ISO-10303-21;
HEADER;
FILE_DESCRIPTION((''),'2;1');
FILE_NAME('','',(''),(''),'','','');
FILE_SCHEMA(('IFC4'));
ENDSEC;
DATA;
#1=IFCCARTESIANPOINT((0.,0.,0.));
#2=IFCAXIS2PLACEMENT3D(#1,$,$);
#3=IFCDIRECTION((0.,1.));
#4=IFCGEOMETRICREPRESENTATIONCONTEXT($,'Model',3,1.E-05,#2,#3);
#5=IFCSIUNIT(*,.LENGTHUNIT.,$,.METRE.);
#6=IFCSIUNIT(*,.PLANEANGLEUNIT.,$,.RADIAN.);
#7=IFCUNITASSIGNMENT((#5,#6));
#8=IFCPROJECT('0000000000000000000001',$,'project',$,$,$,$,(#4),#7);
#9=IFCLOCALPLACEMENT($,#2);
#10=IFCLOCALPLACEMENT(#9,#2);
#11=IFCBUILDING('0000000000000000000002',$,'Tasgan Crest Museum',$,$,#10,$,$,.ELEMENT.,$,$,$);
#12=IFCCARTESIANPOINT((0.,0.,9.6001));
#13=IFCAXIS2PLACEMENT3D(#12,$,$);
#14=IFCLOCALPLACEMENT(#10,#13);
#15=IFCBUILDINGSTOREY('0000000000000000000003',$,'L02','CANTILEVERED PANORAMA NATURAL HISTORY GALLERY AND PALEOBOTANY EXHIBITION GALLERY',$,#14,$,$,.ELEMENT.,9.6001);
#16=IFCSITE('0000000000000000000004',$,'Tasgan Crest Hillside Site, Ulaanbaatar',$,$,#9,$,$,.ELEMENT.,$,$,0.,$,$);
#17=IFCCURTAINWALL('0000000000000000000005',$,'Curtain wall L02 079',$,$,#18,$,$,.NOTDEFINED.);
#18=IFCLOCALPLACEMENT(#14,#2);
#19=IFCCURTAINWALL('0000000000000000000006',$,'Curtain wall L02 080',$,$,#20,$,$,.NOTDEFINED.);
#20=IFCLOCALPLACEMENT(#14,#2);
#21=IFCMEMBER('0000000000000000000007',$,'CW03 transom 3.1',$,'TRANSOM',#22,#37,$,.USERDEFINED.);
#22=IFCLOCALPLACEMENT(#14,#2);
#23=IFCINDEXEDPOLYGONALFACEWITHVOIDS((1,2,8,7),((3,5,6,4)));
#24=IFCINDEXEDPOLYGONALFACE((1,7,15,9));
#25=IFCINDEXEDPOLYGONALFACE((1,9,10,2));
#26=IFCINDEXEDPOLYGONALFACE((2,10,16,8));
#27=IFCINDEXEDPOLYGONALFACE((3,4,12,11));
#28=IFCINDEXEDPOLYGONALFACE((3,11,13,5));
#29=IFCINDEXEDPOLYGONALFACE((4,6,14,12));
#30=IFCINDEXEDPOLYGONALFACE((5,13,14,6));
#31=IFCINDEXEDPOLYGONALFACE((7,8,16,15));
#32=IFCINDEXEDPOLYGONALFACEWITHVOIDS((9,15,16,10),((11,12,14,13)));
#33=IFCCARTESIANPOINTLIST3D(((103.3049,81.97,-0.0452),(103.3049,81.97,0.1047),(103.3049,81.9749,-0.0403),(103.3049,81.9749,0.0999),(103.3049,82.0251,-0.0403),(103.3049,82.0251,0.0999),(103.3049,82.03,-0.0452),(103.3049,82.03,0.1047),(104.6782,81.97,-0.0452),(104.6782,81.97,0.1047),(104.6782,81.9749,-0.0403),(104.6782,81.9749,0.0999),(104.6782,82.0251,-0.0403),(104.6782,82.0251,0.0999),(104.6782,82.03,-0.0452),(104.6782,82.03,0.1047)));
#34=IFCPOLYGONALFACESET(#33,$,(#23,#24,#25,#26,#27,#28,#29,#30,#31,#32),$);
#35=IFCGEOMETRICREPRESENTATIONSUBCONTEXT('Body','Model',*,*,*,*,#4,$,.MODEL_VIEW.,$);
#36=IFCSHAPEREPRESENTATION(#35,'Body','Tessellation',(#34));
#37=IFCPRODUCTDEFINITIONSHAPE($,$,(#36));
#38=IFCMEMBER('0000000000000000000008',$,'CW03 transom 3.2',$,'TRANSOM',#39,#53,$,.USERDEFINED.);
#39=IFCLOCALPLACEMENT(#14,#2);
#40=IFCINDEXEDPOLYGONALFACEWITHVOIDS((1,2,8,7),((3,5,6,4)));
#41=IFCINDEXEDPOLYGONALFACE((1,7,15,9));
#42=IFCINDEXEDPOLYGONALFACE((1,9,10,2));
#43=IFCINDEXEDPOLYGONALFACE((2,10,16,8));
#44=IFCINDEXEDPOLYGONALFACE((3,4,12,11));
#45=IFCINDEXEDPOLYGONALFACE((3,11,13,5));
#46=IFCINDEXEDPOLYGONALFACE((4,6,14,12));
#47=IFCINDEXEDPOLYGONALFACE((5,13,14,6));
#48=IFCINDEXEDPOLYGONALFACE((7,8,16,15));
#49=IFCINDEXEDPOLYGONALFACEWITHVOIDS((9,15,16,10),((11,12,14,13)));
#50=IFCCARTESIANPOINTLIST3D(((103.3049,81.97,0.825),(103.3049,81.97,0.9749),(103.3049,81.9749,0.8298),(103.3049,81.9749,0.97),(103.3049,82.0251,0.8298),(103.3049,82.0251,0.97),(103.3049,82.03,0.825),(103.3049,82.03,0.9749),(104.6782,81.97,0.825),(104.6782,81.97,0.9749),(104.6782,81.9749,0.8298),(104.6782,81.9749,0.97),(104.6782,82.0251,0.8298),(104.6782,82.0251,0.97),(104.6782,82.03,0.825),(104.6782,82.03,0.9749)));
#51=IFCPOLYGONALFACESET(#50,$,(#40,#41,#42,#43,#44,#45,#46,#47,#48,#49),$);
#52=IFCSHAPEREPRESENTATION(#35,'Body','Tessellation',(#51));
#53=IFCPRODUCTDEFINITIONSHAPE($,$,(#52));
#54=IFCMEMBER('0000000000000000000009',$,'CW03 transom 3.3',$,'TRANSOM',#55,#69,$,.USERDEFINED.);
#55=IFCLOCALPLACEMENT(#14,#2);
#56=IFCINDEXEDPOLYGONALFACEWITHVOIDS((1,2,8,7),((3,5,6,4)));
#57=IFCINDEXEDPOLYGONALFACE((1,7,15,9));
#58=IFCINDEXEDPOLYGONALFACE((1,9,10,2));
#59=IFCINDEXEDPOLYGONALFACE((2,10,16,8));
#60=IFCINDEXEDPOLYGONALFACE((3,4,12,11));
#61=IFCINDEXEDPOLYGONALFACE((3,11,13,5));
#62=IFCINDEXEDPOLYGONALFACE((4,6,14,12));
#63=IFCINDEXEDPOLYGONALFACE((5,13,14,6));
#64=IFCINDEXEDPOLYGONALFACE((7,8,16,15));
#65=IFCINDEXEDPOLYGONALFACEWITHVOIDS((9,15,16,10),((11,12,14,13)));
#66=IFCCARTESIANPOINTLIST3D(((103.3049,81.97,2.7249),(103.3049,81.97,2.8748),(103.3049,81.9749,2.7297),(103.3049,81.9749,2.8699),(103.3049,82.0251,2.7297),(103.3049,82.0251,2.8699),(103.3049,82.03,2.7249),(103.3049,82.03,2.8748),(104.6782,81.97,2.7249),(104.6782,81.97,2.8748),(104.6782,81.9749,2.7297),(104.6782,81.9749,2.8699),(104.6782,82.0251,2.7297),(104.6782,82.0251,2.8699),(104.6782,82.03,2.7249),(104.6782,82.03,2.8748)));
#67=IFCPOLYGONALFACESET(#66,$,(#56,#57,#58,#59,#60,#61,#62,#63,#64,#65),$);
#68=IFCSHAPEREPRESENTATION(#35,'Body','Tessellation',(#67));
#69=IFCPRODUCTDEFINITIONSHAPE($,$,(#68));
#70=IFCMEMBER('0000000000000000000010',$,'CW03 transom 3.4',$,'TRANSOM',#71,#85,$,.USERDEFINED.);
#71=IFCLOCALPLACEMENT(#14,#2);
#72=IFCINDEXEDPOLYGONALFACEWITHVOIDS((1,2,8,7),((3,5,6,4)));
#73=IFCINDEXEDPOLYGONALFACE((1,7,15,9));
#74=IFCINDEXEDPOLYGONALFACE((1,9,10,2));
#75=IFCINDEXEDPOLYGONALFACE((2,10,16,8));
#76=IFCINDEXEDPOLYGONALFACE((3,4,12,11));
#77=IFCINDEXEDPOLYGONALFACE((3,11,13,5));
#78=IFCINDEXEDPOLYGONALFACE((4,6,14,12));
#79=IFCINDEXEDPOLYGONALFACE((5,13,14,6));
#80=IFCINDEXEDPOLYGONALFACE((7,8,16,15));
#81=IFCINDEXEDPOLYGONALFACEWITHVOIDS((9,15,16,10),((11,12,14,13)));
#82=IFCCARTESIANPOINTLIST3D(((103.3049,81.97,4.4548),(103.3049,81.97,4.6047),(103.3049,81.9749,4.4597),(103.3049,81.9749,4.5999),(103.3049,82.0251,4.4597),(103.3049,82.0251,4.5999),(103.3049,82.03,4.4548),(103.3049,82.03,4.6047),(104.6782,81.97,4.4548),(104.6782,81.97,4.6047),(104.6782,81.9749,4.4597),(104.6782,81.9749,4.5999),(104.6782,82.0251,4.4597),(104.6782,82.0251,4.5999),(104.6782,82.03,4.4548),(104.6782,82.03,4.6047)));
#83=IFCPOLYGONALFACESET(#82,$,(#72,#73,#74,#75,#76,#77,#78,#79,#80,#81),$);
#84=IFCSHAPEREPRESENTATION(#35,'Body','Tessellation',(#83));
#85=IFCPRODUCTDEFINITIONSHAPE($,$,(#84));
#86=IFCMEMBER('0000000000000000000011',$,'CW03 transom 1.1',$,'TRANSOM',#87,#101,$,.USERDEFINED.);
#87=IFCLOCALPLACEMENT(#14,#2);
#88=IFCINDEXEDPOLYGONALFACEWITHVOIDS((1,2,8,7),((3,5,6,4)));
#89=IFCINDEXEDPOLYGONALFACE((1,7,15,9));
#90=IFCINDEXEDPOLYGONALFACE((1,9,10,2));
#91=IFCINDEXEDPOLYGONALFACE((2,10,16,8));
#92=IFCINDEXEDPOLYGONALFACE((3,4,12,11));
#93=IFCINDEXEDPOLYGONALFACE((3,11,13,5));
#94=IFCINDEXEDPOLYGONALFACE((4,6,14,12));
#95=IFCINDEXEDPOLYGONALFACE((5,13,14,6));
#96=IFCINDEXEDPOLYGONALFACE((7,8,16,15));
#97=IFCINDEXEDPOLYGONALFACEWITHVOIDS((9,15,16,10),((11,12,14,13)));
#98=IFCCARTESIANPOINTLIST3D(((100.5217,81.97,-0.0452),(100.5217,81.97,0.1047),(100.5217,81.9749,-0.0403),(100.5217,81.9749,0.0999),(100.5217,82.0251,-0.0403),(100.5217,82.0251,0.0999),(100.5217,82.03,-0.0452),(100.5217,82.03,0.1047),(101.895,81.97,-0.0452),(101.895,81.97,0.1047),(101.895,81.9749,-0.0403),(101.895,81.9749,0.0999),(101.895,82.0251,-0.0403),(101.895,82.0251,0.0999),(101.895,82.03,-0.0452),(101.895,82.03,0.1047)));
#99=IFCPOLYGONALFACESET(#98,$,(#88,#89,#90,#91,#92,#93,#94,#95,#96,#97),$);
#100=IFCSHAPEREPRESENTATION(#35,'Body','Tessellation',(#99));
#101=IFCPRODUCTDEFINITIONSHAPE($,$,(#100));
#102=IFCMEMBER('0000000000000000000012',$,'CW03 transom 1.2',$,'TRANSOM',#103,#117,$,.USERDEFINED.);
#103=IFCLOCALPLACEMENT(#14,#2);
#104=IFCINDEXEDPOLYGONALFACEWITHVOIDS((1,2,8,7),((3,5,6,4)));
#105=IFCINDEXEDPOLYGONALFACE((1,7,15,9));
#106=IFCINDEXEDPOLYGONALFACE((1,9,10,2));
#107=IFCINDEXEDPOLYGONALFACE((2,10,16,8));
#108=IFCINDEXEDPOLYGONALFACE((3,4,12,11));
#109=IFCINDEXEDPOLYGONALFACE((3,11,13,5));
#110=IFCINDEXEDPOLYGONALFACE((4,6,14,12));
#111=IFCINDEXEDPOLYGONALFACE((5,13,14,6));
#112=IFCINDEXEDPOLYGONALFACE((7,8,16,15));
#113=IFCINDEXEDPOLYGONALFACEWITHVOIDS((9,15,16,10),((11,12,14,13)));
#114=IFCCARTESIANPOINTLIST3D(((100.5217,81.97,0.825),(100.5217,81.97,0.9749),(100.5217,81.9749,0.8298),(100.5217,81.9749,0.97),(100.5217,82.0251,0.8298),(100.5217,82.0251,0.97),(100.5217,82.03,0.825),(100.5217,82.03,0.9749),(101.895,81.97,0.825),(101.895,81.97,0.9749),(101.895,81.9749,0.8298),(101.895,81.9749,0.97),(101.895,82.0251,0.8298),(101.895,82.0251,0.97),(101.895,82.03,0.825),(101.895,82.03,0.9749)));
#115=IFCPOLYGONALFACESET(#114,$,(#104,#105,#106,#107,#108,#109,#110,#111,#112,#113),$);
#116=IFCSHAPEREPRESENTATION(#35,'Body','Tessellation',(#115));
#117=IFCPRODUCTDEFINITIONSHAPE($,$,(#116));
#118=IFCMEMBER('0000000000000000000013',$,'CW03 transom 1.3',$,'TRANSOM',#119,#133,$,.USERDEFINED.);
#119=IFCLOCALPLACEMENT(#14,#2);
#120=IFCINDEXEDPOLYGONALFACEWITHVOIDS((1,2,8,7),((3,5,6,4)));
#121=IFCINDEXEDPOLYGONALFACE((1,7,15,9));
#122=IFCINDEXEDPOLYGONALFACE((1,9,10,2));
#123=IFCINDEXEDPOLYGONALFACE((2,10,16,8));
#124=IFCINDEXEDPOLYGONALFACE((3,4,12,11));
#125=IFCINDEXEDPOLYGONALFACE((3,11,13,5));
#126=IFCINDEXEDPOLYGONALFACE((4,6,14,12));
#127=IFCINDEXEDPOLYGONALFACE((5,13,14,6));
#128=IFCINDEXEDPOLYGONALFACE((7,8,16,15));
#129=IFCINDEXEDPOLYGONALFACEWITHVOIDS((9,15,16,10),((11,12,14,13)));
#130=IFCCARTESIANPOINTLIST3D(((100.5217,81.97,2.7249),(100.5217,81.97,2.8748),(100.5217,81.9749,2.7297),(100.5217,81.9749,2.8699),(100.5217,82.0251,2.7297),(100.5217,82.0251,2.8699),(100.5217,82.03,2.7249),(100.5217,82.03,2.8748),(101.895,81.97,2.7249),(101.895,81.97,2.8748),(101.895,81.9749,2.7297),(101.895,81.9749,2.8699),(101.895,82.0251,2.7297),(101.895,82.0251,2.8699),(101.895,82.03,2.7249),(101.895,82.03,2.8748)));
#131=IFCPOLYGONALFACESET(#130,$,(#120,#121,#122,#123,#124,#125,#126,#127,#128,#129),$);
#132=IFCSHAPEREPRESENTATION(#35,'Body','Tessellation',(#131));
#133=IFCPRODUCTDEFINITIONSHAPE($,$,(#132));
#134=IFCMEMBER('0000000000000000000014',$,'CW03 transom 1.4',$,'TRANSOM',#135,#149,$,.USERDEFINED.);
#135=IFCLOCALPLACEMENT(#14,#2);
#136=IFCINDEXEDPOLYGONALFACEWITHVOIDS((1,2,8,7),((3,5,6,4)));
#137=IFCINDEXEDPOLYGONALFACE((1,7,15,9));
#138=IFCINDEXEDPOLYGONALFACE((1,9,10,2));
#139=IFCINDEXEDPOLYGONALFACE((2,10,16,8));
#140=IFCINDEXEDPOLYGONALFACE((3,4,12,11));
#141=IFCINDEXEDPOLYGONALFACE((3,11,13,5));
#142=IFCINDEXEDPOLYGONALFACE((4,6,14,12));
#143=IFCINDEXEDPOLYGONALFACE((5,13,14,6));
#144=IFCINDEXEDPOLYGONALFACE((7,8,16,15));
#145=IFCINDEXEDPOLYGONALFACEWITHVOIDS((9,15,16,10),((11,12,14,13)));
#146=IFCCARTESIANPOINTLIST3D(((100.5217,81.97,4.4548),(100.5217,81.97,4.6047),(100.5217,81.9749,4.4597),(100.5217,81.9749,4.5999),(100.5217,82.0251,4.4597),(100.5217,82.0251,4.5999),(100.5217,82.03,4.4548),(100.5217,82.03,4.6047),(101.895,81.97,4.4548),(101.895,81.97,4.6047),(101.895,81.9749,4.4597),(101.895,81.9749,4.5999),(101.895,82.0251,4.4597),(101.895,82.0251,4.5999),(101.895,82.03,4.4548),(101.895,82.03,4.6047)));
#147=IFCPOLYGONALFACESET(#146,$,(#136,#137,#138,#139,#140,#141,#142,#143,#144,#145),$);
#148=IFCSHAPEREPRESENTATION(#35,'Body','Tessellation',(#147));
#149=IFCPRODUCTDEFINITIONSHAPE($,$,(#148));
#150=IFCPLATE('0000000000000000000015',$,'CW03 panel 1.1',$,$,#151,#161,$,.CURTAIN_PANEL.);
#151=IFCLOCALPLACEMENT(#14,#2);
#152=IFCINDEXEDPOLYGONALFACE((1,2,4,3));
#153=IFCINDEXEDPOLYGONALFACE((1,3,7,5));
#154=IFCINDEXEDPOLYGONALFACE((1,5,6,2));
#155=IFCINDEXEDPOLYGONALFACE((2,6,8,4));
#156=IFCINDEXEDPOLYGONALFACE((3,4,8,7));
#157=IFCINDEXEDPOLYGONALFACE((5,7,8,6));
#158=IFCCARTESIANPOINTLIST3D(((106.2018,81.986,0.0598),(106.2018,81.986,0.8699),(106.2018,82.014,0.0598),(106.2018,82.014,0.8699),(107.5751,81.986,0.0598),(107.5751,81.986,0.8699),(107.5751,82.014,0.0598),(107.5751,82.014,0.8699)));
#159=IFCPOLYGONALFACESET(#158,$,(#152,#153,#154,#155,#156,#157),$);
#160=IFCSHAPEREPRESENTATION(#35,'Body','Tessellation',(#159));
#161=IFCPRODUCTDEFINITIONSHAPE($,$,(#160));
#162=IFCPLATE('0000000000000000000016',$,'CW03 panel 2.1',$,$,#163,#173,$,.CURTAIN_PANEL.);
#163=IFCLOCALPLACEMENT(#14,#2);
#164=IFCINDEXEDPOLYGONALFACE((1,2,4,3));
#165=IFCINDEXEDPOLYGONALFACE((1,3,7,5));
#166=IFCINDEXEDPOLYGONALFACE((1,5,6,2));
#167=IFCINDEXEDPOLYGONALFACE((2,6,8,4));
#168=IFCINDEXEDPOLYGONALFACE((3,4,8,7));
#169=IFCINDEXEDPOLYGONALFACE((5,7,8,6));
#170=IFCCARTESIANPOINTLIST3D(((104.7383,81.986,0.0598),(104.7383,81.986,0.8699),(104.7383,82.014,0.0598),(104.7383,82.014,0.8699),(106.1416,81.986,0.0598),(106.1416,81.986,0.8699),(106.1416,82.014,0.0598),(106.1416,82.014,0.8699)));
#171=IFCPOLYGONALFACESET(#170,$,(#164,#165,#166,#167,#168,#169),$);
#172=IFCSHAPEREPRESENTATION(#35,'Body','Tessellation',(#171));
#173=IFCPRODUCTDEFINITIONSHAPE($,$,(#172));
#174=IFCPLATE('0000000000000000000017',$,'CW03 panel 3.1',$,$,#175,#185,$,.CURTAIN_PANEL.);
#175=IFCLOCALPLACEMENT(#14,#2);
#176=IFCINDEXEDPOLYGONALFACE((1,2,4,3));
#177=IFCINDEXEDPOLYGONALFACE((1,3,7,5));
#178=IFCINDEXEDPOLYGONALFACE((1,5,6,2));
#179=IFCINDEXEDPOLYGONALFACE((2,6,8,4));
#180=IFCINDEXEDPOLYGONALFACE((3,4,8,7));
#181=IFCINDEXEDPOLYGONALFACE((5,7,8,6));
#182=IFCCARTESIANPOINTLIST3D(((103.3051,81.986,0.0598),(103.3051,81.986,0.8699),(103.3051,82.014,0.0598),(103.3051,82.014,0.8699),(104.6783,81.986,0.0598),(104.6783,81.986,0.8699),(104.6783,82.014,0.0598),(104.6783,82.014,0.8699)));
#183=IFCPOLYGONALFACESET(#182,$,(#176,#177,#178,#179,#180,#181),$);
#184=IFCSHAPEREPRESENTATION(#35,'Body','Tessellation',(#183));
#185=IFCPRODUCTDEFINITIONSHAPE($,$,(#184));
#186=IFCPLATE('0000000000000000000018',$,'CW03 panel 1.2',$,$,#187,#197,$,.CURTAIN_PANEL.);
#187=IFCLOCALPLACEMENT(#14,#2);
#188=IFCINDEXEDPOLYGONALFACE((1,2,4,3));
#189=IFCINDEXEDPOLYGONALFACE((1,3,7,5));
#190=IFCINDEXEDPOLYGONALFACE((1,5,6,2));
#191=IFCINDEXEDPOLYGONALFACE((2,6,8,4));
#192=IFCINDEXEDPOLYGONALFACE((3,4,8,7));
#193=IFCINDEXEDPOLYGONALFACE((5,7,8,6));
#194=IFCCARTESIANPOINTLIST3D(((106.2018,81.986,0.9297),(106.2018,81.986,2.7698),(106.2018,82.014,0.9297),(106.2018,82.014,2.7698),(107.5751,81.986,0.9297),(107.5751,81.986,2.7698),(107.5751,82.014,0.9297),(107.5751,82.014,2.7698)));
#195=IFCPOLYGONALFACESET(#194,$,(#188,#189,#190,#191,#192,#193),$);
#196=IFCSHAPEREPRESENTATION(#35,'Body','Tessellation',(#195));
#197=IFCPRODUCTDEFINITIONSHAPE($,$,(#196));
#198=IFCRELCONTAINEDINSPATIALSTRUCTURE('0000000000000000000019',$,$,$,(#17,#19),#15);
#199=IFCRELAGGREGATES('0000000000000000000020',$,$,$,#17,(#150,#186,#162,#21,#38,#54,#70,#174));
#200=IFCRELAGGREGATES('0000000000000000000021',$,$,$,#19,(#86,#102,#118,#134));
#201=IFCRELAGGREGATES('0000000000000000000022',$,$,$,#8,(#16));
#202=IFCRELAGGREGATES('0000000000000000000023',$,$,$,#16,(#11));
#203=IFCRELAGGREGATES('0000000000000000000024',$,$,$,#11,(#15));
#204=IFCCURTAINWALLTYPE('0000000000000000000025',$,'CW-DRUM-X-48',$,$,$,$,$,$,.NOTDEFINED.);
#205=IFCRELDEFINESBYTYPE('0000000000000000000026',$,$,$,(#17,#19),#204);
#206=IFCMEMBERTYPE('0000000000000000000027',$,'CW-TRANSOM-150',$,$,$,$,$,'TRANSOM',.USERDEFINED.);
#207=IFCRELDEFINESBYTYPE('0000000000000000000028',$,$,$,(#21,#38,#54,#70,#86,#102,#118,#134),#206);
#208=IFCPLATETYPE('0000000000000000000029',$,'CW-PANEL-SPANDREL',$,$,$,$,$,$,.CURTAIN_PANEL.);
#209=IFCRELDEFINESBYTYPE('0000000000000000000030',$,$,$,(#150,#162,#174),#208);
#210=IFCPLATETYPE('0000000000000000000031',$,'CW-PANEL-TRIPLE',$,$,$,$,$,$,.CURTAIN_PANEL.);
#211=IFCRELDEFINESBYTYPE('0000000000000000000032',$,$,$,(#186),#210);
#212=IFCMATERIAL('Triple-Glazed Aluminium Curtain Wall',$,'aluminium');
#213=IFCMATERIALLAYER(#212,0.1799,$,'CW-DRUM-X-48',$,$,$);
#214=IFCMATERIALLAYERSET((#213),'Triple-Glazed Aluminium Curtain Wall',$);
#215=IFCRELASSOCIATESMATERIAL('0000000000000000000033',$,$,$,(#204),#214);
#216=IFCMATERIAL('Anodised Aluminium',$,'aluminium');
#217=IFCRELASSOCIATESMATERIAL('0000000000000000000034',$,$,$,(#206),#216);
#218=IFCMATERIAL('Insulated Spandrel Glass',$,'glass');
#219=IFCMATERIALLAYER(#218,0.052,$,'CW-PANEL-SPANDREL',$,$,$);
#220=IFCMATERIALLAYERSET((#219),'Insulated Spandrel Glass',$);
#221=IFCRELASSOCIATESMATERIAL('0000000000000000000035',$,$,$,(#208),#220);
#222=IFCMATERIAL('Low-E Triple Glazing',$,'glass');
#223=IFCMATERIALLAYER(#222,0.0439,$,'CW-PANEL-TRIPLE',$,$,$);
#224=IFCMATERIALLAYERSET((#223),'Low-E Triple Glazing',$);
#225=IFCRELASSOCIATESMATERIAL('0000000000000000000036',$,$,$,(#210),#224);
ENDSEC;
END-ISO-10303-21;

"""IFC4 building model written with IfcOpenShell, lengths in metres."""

from ifc_helpers import new_model, si_unit, direction, frame, origin, origin_2d, place, context, subcontext, project, spatial, rectangle, hollow_rectangle, extrude, material, layer, layer_set, material_profile, profile_set, type_object, element, aggregate, save


model = new_model("IFC4")

# Units and contexts
model_context = context("Model", 3, precision=1e-05, world=origin(), true_north=direction((0.0, 1.0)))
body_context = subcontext(model_context, "Body", "Model", "MODEL_VIEW")
ifc_project = project(units=[si_unit("LENGTHUNIT", "METRE"), si_unit("PLANEANGLEUNIT", "RADIAN")], contexts=[model_context])

# Site, building, storey
site_placement = place(None, origin())
site = spatial("IfcSite", under=ifc_project, at=site_placement, Name="Tasgan Crest Hillside Site, Ulaanbaatar", CompositionType="ELEMENT", RefElevation=0.0)
building_placement = place(site_placement, origin())
building = spatial("IfcBuilding", under=site, at=building_placement, Name="Tasgan Crest Museum", CompositionType="ELEMENT")
storey_placement = place(building_placement, frame((0.0, 0.0, 9.6001)))
storey = spatial("IfcBuildingStorey", under=building, at=storey_placement, Name="L02", Description="CANTILEVERED PANORAMA NATURAL HISTORY GALLERY AND PALEOBOTANY EXHIBITION GALLERY", CompositionType="ELEMENT", Elevation=9.6001)

# Curtain wall
ifc_material_1 = material(Name="Triple-Glazed Aluminium Curtain Wall", Category="aluminium")
ifc_layer_1 = layer(ifc_material_1, 0.1799, Name="CW-DRUM-X-48")
ifc_layer_set_1 = layer_set([ifc_layer_1], Name="Triple-Glazed Aluminium Curtain Wall")
curtain_wall_type = type_object("IfcCurtainWallType", Name="CW-DRUM-X-48", PredefinedType="NOTDEFINED", material=ifc_layer_set_1)
curtain_wall_1_placement = place(storey_placement, origin())
curtain_wall_1 = element("IfcCurtainWall", 1, at=curtain_wall_1_placement, inside=storey, type_object=curtain_wall_type, Name="Curtain wall L02 079", PredefinedType="NOTDEFINED")

# Curtain wall
curtain_wall_2_placement = place(storey_placement, origin())
curtain_wall_2 = element("IfcCurtainWall", 2, at=curtain_wall_2_placement, inside=storey, type_object=curtain_wall_type, Name="Curtain wall L02 080", PredefinedType="NOTDEFINED")

# Members
ifc_material_2 = material(Name="Anodised Aluminium", Category="aluminium")
ifc_material_profile_1 = material_profile(ifc_material_2, hollow_rectangle(XDim=0.0601, YDim=0.1499, WallThickness=0.0049, at=origin_2d()), Name="ALU TRANSOM 150x60x5")
ifc_profile_set_1 = profile_set([ifc_material_profile_1], Name="Anodised Aluminium")
member_type_1 = type_object("IfcMemberType", Name="CW-TRANSOM-150", ElementType="TRANSOM", PredefinedType="USERDEFINED", material=ifc_profile_set_1)
member_1_placement = place(storey_placement, frame((104.6782, 82.0, 0.0298), z_axis=(-1.0, 0.0, 0.0), x_axis=(0.0, -1.0, 0.0)))
member_1 = element("IfcMember", 3, at=member_1_placement, type_object=member_type_1, Name="CW03 transom 3.1", ObjectType="TRANSOM", PredefinedType="USERDEFINED", context=body_context, shape_type="SweptSolid", body=[
    extrude(hollow_rectangle(XDim=0.0601, YDim=0.1499, WallThickness=0.0049, at=origin_2d()), origin(), (0.0, 0.0, 1.0), 1.3733),
])
member_2_placement = place(storey_placement, frame((104.6782, 82.0, 0.8999), z_axis=(-1.0, 0.0, 0.0), x_axis=(0.0, -1.0, 0.0)))
member_2 = element("IfcMember", 4, at=member_2_placement, type_object=member_type_1, Name="CW03 transom 3.2", ObjectType="TRANSOM", PredefinedType="USERDEFINED", context=body_context, shape_type="SweptSolid", body=[
    extrude(hollow_rectangle(XDim=0.0601, YDim=0.1499, WallThickness=0.0049, at=origin_2d()), origin(), (0.0, 0.0, 1.0), 1.3733),
])
member_3_placement = place(storey_placement, frame((104.6782, 82.0, 2.7998), z_axis=(-1.0, 0.0, 0.0), x_axis=(0.0, -1.0, 0.0)))
member_3 = element("IfcMember", 5, at=member_3_placement, type_object=member_type_1, Name="CW03 transom 3.3", ObjectType="TRANSOM", PredefinedType="USERDEFINED", context=body_context, shape_type="SweptSolid", body=[
    extrude(hollow_rectangle(XDim=0.0601, YDim=0.1499, WallThickness=0.0049, at=origin_2d()), origin(), (0.0, 0.0, 1.0), 1.3733),
])
member_4_placement = place(storey_placement, frame((104.6782, 82.0, 4.5298), z_axis=(-1.0, 0.0, 0.0), x_axis=(0.0, -1.0, 0.0)))
member_4 = element("IfcMember", 6, at=member_4_placement, type_object=member_type_1, Name="CW03 transom 3.4", ObjectType="TRANSOM", PredefinedType="USERDEFINED", context=body_context, shape_type="SweptSolid", body=[
    extrude(hollow_rectangle(XDim=0.0601, YDim=0.1499, WallThickness=0.0049, at=origin_2d()), origin(), (0.0, 0.0, 1.0), 1.3733),
])
member_5_placement = place(storey_placement, frame((101.895, 82.0, 0.0298), z_axis=(-1.0, 0.0, 0.0), x_axis=(0.0, -1.0, 0.0)))
member_5 = element("IfcMember", 7, at=member_5_placement, type_object=member_type_1, Name="CW03 transom 1.1", ObjectType="TRANSOM", PredefinedType="USERDEFINED", context=body_context, shape_type="SweptSolid", body=[
    extrude(hollow_rectangle(XDim=0.0601, YDim=0.1499, WallThickness=0.0049, at=origin_2d()), origin(), (0.0, 0.0, 1.0), 1.3733),
])
member_6_placement = place(storey_placement, frame((101.895, 82.0, 0.8999), z_axis=(-1.0, 0.0, 0.0), x_axis=(0.0, -1.0, 0.0)))
member_6 = element("IfcMember", 8, at=member_6_placement, type_object=member_type_1, Name="CW03 transom 1.2", ObjectType="TRANSOM", PredefinedType="USERDEFINED", context=body_context, shape_type="SweptSolid", body=[
    extrude(hollow_rectangle(XDim=0.0601, YDim=0.1499, WallThickness=0.0049, at=origin_2d()), origin(), (0.0, 0.0, 1.0), 1.3733),
])
member_7_placement = place(storey_placement, frame((101.895, 82.0, 2.7998), z_axis=(-1.0, 0.0, 0.0), x_axis=(0.0, -1.0, 0.0)))
member_7 = element("IfcMember", 9, at=member_7_placement, type_object=member_type_1, Name="CW03 transom 1.3", ObjectType="TRANSOM", PredefinedType="USERDEFINED", context=body_context, shape_type="SweptSolid", body=[
    extrude(hollow_rectangle(XDim=0.0601, YDim=0.1499, WallThickness=0.0049, at=origin_2d()), origin(), (0.0, 0.0, 1.0), 1.3733),
])
member_8_placement = place(storey_placement, frame((101.895, 82.0, 4.5298), z_axis=(-1.0, 0.0, 0.0), x_axis=(0.0, -1.0, 0.0)))
member_8 = element("IfcMember", 10, at=member_8_placement, type_object=member_type_1, Name="CW03 transom 1.4", ObjectType="TRANSOM", PredefinedType="USERDEFINED", context=body_context, shape_type="SweptSolid", body=[
    extrude(hollow_rectangle(XDim=0.0601, YDim=0.1499, WallThickness=0.0049, at=origin_2d()), origin(), (0.0, 0.0, 1.0), 1.3733),
])

# Plates
ifc_material_3 = material(Name="Insulated Spandrel Glass", Category="glass")
ifc_layer_2 = layer(ifc_material_3, 0.052, Name="CW-PANEL-SPANDREL")
ifc_layer_set_2 = layer_set([ifc_layer_2], Name="Insulated Spandrel Glass")
plate_type_1 = type_object("IfcPlateType", Name="CW-PANEL-SPANDREL", PredefinedType="CURTAIN_PANEL", material=ifc_layer_set_2)
plate_1_placement = place(storey_placement, frame((106.8884, 82.0, 0.0598), z_axis=(0.0, 0.0, 1.0), x_axis=(-1.0, 0.0, 0.0)))
plate_1 = element("IfcPlate", 11, at=plate_1_placement, type_object=plate_type_1, Name="CW03 panel 1.1", PredefinedType="CURTAIN_PANEL", context=body_context, shape_type="SweptSolid", body=[
    extrude(rectangle(XDim=1.3733, YDim=0.0281, at=origin_2d()), origin(), (0.0, 0.0, 1.0), 0.8101),
])
plate_2_placement = place(storey_placement, frame((105.4399, 82.0, 0.0598), z_axis=(0.0, 0.0, 1.0), x_axis=(-1.0, 0.0, 0.0)))
plate_2 = element("IfcPlate", 12, at=plate_2_placement, type_object=plate_type_1, Name="CW03 panel 2.1", PredefinedType="CURTAIN_PANEL", context=body_context, shape_type="SweptSolid", body=[
    extrude(rectangle(XDim=1.4033, YDim=0.0281, at=origin_2d()), origin(), (0.0, 0.0, 1.0), 0.8101),
])
plate_3_placement = place(storey_placement, frame((103.9917, 82.0, 0.0598), z_axis=(0.0, 0.0, 1.0), x_axis=(-1.0, 0.0, 0.0)))
plate_3 = element("IfcPlate", 13, at=plate_3_placement, type_object=plate_type_1, Name="CW03 panel 3.1", PredefinedType="CURTAIN_PANEL", context=body_context, shape_type="SweptSolid", body=[
    extrude(rectangle(XDim=1.3733, YDim=0.0281, at=origin_2d()), origin(), (0.0, 0.0, 1.0), 0.8101),
])
ifc_material_4 = material(Name="Low-E Triple Glazing", Category="glass")
ifc_layer_3 = layer(ifc_material_4, 0.0439, Name="CW-PANEL-TRIPLE")
ifc_layer_set_3 = layer_set([ifc_layer_3], Name="Low-E Triple Glazing")
plate_type_2 = type_object("IfcPlateType", Name="CW-PANEL-TRIPLE", PredefinedType="CURTAIN_PANEL", material=ifc_layer_set_3)
plate_4_placement = place(storey_placement, frame((106.8884, 82.0, 0.9297), z_axis=(0.0, 0.0, 1.0), x_axis=(-1.0, 0.0, 0.0)))
plate_4 = element("IfcPlate", 14, at=plate_4_placement, type_object=plate_type_2, Name="CW03 panel 1.2", PredefinedType="CURTAIN_PANEL", context=body_context, shape_type="SweptSolid", body=[
    extrude(rectangle(XDim=1.3733, YDim=0.0281, at=origin_2d()), origin(), (0.0, 0.0, 1.0), 1.8401),
])
aggregate(curtain_wall_1, [plate_1, plate_4, plate_2, member_1, member_2, member_3, member_4, plate_3])
aggregate(curtain_wall_2, [member_5, member_6, member_7, member_8])

save(model, "model.ifc")
